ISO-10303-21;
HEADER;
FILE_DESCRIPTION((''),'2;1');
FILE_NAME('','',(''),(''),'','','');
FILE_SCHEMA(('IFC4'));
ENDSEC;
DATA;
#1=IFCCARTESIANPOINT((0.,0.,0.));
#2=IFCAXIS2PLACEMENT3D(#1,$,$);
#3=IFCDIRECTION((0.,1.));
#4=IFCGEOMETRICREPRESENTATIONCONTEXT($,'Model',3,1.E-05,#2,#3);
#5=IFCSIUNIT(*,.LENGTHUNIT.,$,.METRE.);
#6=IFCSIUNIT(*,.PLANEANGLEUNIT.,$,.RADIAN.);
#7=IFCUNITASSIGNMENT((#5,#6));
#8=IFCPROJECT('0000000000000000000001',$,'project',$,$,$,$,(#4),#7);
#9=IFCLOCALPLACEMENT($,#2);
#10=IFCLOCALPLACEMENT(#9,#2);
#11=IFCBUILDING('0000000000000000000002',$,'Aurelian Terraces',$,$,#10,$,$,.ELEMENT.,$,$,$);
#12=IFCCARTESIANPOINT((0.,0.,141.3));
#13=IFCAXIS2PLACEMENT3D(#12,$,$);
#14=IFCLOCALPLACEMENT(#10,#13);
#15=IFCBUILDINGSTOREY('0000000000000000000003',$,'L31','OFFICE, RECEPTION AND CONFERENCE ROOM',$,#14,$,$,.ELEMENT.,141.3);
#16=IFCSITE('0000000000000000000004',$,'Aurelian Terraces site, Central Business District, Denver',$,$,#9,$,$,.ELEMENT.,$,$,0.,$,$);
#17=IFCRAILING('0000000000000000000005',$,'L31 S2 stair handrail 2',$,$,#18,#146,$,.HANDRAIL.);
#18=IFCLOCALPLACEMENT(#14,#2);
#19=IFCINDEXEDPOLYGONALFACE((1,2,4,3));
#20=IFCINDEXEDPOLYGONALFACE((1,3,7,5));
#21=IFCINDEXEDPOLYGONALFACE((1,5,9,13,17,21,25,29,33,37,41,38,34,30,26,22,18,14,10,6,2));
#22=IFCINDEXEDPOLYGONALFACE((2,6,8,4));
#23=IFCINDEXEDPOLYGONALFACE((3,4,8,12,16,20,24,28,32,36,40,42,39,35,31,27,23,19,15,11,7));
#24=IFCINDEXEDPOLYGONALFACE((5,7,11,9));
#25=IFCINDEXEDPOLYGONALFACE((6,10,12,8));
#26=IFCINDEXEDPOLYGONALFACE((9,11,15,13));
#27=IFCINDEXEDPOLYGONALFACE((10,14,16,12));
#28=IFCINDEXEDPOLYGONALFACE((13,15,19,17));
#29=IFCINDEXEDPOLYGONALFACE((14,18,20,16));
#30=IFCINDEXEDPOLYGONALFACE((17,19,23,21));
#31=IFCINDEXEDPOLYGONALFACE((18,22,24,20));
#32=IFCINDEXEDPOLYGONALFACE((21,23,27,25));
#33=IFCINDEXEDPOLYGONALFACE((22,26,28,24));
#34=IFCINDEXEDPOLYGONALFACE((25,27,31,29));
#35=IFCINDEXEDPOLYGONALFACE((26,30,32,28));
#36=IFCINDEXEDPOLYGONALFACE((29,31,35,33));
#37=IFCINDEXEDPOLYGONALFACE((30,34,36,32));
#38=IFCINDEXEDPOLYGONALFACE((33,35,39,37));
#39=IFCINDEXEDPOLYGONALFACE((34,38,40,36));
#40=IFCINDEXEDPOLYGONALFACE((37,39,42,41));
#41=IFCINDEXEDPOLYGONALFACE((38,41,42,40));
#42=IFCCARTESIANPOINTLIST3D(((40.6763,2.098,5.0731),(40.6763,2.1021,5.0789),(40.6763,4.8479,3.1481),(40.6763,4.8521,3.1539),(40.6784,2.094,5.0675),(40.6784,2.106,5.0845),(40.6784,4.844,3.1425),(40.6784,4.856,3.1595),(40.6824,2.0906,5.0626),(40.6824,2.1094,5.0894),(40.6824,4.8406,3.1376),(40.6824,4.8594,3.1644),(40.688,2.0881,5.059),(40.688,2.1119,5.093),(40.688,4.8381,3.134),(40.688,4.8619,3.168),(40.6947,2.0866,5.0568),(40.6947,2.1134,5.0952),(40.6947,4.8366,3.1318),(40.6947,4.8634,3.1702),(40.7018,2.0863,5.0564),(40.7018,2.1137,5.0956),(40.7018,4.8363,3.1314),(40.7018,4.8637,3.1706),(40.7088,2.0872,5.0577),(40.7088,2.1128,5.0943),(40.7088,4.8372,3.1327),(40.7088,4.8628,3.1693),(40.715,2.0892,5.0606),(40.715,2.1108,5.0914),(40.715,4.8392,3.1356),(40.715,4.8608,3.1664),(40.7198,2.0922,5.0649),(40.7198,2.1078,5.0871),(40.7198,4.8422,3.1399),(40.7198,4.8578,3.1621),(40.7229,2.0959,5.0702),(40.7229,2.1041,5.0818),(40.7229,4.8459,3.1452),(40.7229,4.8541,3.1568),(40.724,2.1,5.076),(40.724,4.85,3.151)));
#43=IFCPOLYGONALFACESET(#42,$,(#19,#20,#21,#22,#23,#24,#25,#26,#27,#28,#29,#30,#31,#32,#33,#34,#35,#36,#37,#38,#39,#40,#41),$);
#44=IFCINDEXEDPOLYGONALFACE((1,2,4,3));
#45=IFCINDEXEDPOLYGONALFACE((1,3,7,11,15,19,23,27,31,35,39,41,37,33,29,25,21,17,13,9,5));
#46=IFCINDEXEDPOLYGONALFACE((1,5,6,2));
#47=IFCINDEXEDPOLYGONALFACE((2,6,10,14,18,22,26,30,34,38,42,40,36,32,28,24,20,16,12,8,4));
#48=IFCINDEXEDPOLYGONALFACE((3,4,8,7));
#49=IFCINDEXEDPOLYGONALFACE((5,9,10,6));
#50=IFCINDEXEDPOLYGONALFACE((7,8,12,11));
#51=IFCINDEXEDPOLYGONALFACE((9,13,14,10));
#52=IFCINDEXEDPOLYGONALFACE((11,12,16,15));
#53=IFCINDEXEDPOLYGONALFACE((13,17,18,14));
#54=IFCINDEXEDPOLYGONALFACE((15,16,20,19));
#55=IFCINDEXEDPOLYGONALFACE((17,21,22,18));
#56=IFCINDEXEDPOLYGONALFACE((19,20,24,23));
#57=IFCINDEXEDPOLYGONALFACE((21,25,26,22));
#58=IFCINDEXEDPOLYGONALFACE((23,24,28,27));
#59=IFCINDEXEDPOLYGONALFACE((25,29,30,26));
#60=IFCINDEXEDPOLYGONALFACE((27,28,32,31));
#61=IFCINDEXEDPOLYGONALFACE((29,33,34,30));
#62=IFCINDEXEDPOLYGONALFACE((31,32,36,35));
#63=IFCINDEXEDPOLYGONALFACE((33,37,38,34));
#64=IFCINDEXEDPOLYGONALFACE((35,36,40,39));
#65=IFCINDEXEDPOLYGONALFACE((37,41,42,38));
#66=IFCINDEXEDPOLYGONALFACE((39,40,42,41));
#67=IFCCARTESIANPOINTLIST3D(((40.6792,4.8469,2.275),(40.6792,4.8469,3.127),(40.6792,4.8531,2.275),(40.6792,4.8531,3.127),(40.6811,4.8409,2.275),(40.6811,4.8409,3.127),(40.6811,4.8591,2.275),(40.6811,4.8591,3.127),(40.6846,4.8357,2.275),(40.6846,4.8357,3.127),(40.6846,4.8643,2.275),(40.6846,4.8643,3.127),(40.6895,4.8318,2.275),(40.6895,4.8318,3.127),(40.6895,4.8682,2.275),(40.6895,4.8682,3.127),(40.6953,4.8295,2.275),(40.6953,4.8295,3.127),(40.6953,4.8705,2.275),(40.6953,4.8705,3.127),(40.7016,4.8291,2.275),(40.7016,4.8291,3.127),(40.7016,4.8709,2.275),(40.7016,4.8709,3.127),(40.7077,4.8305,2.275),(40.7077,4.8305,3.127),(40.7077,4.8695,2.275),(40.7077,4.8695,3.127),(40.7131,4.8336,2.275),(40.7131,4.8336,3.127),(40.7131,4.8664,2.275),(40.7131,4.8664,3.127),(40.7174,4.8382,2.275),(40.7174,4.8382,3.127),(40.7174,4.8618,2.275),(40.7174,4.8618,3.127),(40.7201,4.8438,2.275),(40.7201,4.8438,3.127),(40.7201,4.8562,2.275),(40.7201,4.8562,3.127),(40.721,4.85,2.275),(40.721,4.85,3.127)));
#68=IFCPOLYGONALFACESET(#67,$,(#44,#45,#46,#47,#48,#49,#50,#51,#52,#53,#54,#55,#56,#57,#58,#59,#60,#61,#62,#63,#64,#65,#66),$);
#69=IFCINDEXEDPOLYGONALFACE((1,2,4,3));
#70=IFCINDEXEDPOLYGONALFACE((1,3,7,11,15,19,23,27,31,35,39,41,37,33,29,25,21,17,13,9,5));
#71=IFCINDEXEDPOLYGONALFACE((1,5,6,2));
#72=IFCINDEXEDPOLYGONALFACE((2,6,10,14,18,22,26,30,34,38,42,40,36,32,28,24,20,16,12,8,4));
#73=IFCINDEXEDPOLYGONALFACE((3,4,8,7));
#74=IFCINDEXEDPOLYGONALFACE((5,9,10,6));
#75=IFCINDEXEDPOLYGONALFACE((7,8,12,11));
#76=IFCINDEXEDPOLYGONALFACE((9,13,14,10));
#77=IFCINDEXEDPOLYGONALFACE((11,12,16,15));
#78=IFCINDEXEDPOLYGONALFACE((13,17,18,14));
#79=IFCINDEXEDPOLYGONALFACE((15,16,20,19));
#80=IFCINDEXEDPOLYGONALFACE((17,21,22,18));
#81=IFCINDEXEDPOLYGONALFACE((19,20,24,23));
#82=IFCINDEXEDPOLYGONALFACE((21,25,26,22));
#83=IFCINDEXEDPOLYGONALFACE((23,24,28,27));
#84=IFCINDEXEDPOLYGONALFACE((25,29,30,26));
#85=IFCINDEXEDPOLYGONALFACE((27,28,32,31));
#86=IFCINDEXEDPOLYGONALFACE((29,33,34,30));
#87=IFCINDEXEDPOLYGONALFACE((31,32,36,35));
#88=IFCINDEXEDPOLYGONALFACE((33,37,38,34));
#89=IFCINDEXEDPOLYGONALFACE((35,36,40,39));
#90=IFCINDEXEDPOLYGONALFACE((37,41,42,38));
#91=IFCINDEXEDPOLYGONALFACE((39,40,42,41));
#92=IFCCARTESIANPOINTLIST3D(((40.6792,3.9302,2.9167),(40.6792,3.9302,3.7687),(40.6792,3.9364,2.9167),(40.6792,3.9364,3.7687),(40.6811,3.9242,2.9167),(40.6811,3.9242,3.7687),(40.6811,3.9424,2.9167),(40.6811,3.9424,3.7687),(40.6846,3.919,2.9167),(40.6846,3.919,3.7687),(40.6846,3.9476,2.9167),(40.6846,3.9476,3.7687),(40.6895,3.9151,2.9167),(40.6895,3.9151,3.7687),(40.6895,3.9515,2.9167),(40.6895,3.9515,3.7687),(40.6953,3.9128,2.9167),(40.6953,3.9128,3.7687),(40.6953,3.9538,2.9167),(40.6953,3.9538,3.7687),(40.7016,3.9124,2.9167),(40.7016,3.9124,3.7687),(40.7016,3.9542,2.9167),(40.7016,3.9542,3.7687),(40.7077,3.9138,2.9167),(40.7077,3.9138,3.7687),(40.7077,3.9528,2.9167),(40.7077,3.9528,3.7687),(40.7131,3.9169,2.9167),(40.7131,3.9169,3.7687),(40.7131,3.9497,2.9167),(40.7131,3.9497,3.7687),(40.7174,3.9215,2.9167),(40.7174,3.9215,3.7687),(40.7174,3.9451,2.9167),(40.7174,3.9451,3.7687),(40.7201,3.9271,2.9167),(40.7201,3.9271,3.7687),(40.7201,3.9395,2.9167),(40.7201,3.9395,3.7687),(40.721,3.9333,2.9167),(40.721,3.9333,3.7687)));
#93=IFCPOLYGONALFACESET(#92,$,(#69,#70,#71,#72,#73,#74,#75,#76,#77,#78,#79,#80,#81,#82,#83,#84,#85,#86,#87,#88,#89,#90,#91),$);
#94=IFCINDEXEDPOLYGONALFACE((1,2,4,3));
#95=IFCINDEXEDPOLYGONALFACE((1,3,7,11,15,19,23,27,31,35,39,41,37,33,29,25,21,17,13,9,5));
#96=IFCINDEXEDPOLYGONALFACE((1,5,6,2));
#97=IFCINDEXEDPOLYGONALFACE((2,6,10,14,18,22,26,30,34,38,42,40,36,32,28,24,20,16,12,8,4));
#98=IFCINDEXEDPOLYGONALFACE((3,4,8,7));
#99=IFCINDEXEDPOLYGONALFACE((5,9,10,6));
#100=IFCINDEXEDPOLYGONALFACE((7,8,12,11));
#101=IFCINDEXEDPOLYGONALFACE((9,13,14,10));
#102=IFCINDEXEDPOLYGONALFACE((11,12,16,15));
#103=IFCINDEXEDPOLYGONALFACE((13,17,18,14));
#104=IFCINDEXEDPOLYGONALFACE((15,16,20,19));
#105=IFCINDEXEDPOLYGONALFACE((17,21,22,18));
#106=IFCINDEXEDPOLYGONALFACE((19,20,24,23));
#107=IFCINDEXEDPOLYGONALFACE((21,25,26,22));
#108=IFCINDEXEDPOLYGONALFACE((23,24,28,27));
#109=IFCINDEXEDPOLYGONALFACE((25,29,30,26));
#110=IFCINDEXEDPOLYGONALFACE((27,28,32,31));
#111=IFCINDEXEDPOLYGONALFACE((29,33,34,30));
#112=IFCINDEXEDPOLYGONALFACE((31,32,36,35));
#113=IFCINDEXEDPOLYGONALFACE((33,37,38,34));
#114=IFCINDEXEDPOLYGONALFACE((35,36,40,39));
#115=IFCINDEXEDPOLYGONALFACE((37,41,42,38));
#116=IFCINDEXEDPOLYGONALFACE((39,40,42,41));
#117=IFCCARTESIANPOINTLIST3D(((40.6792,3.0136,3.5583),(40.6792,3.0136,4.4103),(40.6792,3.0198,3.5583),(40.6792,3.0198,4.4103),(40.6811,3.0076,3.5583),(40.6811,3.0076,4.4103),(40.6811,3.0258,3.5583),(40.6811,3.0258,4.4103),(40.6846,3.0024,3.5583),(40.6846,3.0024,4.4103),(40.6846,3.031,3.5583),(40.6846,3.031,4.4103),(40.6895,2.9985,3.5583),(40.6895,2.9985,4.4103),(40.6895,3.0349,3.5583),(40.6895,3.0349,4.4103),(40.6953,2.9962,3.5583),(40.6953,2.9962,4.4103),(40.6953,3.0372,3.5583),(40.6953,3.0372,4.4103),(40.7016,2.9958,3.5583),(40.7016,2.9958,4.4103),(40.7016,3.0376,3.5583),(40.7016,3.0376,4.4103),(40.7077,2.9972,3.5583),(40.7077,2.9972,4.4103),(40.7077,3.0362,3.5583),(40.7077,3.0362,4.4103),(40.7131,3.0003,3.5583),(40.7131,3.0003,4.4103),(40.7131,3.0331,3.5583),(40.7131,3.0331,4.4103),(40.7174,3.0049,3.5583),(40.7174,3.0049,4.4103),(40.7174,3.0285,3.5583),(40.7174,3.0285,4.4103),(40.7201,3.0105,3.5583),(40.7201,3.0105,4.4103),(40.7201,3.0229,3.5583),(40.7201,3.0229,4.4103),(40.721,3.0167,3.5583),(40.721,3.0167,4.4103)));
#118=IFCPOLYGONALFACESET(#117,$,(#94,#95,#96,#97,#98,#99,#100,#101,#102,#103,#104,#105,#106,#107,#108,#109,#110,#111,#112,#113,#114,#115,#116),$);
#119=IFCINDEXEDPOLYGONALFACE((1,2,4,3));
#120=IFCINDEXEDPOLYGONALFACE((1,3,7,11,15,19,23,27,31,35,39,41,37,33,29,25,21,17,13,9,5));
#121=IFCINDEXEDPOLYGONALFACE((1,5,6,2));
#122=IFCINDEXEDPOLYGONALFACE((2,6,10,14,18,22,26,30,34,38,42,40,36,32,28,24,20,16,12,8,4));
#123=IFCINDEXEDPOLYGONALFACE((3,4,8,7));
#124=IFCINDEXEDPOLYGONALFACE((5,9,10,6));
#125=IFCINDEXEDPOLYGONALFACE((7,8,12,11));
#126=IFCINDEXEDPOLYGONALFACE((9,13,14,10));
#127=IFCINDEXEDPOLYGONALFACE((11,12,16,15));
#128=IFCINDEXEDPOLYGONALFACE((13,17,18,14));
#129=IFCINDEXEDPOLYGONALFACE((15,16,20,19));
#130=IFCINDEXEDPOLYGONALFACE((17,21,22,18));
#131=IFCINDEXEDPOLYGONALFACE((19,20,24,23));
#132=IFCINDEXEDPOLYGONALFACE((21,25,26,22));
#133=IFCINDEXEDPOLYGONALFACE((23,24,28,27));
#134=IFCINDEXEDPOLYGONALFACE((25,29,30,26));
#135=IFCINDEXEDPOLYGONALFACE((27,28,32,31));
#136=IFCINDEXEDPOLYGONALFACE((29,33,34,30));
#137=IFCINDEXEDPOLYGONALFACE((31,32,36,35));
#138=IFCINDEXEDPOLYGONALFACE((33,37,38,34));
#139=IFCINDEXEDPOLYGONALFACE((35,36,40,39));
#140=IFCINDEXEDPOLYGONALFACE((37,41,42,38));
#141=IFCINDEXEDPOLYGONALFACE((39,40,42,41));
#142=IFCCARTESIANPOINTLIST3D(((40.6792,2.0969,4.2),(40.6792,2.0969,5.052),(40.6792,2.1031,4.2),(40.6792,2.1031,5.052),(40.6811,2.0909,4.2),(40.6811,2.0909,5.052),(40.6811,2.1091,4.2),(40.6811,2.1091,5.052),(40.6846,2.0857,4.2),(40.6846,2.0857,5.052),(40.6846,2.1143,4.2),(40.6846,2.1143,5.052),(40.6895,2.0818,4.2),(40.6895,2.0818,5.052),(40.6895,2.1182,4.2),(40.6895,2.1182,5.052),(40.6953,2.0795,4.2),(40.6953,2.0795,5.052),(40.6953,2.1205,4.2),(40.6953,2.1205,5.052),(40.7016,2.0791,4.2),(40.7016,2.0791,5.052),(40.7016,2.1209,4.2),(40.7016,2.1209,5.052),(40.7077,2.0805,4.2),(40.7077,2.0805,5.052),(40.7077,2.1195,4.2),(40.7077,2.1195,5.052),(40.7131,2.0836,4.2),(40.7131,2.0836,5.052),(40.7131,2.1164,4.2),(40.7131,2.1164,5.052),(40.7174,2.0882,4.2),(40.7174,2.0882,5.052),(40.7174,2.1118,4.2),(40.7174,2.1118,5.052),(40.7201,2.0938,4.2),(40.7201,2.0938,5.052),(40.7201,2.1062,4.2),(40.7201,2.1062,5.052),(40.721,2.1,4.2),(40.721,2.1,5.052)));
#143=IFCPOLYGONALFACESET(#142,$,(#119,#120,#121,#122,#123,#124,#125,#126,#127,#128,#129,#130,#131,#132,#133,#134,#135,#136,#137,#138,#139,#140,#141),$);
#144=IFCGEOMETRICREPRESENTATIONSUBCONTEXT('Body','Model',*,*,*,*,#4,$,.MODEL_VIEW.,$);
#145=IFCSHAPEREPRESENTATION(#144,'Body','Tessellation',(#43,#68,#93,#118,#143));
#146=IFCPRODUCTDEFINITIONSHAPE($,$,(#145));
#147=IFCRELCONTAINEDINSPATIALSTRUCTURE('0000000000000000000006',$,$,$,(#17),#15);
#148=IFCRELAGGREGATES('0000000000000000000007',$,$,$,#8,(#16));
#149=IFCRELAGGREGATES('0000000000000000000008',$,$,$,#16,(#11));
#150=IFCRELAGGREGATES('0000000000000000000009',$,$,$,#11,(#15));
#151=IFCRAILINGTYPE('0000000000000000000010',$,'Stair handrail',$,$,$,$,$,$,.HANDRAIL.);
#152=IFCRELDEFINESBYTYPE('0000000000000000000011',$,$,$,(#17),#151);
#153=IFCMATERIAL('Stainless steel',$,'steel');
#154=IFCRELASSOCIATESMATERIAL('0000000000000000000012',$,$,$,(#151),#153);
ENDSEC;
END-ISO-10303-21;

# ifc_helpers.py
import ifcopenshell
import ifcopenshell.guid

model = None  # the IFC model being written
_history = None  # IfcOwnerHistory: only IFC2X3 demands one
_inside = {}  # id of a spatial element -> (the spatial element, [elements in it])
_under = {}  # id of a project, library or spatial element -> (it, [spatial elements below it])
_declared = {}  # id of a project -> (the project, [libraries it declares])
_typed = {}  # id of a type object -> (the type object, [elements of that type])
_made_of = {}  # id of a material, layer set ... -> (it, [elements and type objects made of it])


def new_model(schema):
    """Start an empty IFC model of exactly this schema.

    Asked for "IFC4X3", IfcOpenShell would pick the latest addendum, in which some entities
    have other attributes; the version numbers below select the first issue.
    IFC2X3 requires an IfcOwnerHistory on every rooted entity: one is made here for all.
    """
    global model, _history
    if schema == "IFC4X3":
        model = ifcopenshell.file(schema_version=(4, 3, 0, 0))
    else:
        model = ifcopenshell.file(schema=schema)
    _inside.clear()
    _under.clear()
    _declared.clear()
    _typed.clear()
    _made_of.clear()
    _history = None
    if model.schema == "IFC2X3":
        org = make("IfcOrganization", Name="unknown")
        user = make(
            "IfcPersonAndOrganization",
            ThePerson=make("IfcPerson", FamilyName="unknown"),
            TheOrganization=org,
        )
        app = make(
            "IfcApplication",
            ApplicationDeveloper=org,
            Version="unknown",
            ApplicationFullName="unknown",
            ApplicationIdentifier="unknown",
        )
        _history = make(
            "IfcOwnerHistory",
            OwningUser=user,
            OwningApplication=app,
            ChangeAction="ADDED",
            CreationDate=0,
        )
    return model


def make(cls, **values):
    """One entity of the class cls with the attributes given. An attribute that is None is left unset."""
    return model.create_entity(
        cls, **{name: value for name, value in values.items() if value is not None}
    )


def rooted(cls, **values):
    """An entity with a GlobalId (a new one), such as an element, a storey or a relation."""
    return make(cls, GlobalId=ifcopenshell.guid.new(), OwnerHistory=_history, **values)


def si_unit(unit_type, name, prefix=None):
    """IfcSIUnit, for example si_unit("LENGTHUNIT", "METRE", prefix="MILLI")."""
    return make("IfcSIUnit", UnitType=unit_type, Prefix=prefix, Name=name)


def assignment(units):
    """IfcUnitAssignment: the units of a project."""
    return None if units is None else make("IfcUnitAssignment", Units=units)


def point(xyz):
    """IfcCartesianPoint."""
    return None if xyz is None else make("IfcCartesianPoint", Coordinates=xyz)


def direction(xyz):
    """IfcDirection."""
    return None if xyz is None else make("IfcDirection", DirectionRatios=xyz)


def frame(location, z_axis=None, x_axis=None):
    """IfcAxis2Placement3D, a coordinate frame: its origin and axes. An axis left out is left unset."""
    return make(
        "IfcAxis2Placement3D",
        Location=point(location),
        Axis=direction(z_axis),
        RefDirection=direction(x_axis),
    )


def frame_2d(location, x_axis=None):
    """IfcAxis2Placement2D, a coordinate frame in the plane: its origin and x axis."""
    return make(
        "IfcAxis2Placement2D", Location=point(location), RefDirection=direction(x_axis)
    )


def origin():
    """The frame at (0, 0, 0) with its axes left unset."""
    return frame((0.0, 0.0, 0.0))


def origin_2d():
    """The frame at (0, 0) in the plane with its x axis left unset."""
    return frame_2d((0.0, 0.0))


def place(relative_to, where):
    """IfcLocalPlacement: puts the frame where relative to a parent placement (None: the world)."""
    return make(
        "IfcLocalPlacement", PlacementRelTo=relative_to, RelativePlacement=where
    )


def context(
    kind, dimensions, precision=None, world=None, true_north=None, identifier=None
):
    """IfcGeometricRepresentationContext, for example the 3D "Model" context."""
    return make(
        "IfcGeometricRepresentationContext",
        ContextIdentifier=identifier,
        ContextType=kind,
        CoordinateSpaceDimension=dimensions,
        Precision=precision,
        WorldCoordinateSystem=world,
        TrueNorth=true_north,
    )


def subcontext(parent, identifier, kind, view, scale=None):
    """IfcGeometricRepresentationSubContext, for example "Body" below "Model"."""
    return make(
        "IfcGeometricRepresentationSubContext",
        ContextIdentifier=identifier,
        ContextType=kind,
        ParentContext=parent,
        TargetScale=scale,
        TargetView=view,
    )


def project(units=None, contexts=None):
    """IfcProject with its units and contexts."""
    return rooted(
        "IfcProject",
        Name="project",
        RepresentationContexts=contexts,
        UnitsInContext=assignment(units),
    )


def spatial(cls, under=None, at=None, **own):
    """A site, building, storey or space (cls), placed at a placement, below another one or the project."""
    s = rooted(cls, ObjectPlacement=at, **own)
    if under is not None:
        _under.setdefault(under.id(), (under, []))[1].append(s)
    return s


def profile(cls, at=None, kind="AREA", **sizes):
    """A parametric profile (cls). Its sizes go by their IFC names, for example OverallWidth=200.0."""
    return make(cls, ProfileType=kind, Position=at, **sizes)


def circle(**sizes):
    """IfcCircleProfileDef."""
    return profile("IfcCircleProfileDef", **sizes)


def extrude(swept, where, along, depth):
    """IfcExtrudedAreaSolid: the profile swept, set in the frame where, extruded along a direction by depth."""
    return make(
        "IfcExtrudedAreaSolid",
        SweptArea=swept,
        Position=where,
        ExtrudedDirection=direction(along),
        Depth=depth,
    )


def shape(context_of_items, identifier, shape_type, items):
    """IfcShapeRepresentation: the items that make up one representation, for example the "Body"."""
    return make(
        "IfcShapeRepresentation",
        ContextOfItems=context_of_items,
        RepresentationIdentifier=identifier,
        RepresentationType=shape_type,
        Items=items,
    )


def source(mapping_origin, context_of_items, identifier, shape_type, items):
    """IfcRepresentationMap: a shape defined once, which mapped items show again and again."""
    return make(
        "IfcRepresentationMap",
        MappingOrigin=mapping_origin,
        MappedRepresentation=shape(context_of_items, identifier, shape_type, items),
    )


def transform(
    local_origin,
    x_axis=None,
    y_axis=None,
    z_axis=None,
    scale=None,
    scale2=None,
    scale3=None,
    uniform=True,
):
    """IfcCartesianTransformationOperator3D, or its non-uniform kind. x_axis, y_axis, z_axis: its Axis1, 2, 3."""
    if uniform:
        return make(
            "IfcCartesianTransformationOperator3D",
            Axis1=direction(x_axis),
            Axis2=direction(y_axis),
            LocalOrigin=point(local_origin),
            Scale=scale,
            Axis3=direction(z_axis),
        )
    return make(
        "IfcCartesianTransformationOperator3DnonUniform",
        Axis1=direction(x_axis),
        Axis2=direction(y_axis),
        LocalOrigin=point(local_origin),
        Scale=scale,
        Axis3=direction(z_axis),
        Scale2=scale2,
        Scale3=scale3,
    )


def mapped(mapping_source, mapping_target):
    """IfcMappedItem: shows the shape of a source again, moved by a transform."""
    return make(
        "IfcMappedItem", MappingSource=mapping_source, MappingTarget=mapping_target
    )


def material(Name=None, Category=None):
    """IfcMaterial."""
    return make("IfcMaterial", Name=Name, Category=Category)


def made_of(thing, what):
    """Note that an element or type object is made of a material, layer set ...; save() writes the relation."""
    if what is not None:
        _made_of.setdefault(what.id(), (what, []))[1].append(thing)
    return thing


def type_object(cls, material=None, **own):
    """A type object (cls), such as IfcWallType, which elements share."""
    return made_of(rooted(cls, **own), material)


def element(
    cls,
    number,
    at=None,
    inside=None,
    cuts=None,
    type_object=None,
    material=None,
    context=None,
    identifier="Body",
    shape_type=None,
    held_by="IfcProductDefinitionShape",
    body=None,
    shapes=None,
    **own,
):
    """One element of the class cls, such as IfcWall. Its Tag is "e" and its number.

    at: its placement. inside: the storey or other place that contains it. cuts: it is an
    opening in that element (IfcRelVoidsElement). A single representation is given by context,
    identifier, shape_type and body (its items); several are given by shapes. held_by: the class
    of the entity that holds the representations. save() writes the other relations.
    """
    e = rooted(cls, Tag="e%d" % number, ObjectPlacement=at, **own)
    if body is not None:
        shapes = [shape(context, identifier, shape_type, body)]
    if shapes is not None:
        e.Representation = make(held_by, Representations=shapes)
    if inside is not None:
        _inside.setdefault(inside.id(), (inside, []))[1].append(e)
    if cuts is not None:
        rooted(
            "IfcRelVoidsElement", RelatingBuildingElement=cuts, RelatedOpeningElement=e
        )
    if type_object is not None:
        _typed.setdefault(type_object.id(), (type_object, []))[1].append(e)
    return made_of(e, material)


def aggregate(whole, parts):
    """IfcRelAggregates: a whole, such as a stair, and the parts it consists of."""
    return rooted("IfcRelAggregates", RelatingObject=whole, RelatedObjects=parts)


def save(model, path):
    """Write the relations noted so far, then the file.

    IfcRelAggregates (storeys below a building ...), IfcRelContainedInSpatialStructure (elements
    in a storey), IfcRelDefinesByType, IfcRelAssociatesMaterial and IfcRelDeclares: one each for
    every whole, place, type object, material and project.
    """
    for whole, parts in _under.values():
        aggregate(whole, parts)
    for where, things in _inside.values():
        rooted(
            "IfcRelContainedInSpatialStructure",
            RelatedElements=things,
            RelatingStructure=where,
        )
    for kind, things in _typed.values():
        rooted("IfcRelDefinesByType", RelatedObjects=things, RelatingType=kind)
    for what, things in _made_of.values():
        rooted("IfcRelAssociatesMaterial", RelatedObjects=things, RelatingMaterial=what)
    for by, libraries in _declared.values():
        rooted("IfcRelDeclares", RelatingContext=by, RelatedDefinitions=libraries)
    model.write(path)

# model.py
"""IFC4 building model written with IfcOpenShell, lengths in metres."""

from ifc_helpers import new_model, si_unit, direction, frame, origin, origin_2d, place, context, subcontext, project, spatial, circle, extrude, source, transform, mapped, material, type_object, element, save


model = new_model("IFC4")

# Units and contexts
model_context = context("Model", 3, precision=1e-05, world=origin(), true_north=direction((0.0, 1.0)))
body_context = subcontext(model_context, "Body", "Model", "MODEL_VIEW")
ifc_project = project(units=[si_unit("LENGTHUNIT", "METRE"), si_unit("PLANEANGLEUNIT", "RADIAN")], contexts=[model_context])

# Site, building, storey
site_placement = place(None, origin())
site = spatial("IfcSite", under=ifc_project, at=site_placement, Name="Aurelian Terraces site, Central Business District, Denver", CompositionType="ELEMENT", RefElevation=0.0)
building_placement = place(site_placement, origin())
building = spatial("IfcBuilding", under=site, at=building_placement, Name="Aurelian Terraces", CompositionType="ELEMENT")
storey_placement = place(building_placement, frame((0.0, 0.0, 141.3)))
storey = spatial("IfcBuildingStorey", under=building, at=storey_placement, Name="L31", Description="OFFICE, RECEPTION AND CONFERENCE ROOM", CompositionType="ELEMENT", Elevation=141.3)

# Railing
ifc_material_1 = material(Name="Stainless steel", Category="steel")
railing_type_1 = type_object("IfcRailingType", Name="Stair handrail", PredefinedType="HANDRAIL", material=ifc_material_1)
shared_shape_1 = source(origin(), body_context, "Body", "SweptSolid", [
    extrude(circle(Radius=0.024, at=origin_2d()), frame((0.0, 0.0, 0.876), z_axis=(0.0, -0.819232, 0.573462), x_axis=(1.0, 0.0, 0.0)), (0.0, 0.0, 1.0), 3.3568),
    extrude(circle(Radius=0.021, at=origin_2d()), origin(), (0.0, 0.0, 1.0), 0.852),
    extrude(circle(Radius=0.021, at=origin_2d()), frame((0.0, -0.9167, 0.6417)), (0.0, 0.0, 1.0), 0.852),
    extrude(circle(Radius=0.021, at=origin_2d()), frame((0.0, -1.8333, 1.2833)), (0.0, 0.0, 1.0), 0.852),
    extrude(circle(Radius=0.021, at=origin_2d()), frame((0.0, -2.75, 1.925)), (0.0, 0.0, 1.0), 0.852),
])
railing_1_placement = place(storey_placement, frame((40.7, 4.85, 2.275)))
element("IfcRailing", 1, at=railing_1_placement, inside=storey, type_object=railing_type_1, Name="L31 S2 stair handrail 2", PredefinedType="HANDRAIL", context=body_context, shape_type="MappedRepresentation", body=[
    mapped(shared_shape_1, transform((0.0, 0.0, 0.0), scale=1.0)),
])

save(model, "model.ifc")
